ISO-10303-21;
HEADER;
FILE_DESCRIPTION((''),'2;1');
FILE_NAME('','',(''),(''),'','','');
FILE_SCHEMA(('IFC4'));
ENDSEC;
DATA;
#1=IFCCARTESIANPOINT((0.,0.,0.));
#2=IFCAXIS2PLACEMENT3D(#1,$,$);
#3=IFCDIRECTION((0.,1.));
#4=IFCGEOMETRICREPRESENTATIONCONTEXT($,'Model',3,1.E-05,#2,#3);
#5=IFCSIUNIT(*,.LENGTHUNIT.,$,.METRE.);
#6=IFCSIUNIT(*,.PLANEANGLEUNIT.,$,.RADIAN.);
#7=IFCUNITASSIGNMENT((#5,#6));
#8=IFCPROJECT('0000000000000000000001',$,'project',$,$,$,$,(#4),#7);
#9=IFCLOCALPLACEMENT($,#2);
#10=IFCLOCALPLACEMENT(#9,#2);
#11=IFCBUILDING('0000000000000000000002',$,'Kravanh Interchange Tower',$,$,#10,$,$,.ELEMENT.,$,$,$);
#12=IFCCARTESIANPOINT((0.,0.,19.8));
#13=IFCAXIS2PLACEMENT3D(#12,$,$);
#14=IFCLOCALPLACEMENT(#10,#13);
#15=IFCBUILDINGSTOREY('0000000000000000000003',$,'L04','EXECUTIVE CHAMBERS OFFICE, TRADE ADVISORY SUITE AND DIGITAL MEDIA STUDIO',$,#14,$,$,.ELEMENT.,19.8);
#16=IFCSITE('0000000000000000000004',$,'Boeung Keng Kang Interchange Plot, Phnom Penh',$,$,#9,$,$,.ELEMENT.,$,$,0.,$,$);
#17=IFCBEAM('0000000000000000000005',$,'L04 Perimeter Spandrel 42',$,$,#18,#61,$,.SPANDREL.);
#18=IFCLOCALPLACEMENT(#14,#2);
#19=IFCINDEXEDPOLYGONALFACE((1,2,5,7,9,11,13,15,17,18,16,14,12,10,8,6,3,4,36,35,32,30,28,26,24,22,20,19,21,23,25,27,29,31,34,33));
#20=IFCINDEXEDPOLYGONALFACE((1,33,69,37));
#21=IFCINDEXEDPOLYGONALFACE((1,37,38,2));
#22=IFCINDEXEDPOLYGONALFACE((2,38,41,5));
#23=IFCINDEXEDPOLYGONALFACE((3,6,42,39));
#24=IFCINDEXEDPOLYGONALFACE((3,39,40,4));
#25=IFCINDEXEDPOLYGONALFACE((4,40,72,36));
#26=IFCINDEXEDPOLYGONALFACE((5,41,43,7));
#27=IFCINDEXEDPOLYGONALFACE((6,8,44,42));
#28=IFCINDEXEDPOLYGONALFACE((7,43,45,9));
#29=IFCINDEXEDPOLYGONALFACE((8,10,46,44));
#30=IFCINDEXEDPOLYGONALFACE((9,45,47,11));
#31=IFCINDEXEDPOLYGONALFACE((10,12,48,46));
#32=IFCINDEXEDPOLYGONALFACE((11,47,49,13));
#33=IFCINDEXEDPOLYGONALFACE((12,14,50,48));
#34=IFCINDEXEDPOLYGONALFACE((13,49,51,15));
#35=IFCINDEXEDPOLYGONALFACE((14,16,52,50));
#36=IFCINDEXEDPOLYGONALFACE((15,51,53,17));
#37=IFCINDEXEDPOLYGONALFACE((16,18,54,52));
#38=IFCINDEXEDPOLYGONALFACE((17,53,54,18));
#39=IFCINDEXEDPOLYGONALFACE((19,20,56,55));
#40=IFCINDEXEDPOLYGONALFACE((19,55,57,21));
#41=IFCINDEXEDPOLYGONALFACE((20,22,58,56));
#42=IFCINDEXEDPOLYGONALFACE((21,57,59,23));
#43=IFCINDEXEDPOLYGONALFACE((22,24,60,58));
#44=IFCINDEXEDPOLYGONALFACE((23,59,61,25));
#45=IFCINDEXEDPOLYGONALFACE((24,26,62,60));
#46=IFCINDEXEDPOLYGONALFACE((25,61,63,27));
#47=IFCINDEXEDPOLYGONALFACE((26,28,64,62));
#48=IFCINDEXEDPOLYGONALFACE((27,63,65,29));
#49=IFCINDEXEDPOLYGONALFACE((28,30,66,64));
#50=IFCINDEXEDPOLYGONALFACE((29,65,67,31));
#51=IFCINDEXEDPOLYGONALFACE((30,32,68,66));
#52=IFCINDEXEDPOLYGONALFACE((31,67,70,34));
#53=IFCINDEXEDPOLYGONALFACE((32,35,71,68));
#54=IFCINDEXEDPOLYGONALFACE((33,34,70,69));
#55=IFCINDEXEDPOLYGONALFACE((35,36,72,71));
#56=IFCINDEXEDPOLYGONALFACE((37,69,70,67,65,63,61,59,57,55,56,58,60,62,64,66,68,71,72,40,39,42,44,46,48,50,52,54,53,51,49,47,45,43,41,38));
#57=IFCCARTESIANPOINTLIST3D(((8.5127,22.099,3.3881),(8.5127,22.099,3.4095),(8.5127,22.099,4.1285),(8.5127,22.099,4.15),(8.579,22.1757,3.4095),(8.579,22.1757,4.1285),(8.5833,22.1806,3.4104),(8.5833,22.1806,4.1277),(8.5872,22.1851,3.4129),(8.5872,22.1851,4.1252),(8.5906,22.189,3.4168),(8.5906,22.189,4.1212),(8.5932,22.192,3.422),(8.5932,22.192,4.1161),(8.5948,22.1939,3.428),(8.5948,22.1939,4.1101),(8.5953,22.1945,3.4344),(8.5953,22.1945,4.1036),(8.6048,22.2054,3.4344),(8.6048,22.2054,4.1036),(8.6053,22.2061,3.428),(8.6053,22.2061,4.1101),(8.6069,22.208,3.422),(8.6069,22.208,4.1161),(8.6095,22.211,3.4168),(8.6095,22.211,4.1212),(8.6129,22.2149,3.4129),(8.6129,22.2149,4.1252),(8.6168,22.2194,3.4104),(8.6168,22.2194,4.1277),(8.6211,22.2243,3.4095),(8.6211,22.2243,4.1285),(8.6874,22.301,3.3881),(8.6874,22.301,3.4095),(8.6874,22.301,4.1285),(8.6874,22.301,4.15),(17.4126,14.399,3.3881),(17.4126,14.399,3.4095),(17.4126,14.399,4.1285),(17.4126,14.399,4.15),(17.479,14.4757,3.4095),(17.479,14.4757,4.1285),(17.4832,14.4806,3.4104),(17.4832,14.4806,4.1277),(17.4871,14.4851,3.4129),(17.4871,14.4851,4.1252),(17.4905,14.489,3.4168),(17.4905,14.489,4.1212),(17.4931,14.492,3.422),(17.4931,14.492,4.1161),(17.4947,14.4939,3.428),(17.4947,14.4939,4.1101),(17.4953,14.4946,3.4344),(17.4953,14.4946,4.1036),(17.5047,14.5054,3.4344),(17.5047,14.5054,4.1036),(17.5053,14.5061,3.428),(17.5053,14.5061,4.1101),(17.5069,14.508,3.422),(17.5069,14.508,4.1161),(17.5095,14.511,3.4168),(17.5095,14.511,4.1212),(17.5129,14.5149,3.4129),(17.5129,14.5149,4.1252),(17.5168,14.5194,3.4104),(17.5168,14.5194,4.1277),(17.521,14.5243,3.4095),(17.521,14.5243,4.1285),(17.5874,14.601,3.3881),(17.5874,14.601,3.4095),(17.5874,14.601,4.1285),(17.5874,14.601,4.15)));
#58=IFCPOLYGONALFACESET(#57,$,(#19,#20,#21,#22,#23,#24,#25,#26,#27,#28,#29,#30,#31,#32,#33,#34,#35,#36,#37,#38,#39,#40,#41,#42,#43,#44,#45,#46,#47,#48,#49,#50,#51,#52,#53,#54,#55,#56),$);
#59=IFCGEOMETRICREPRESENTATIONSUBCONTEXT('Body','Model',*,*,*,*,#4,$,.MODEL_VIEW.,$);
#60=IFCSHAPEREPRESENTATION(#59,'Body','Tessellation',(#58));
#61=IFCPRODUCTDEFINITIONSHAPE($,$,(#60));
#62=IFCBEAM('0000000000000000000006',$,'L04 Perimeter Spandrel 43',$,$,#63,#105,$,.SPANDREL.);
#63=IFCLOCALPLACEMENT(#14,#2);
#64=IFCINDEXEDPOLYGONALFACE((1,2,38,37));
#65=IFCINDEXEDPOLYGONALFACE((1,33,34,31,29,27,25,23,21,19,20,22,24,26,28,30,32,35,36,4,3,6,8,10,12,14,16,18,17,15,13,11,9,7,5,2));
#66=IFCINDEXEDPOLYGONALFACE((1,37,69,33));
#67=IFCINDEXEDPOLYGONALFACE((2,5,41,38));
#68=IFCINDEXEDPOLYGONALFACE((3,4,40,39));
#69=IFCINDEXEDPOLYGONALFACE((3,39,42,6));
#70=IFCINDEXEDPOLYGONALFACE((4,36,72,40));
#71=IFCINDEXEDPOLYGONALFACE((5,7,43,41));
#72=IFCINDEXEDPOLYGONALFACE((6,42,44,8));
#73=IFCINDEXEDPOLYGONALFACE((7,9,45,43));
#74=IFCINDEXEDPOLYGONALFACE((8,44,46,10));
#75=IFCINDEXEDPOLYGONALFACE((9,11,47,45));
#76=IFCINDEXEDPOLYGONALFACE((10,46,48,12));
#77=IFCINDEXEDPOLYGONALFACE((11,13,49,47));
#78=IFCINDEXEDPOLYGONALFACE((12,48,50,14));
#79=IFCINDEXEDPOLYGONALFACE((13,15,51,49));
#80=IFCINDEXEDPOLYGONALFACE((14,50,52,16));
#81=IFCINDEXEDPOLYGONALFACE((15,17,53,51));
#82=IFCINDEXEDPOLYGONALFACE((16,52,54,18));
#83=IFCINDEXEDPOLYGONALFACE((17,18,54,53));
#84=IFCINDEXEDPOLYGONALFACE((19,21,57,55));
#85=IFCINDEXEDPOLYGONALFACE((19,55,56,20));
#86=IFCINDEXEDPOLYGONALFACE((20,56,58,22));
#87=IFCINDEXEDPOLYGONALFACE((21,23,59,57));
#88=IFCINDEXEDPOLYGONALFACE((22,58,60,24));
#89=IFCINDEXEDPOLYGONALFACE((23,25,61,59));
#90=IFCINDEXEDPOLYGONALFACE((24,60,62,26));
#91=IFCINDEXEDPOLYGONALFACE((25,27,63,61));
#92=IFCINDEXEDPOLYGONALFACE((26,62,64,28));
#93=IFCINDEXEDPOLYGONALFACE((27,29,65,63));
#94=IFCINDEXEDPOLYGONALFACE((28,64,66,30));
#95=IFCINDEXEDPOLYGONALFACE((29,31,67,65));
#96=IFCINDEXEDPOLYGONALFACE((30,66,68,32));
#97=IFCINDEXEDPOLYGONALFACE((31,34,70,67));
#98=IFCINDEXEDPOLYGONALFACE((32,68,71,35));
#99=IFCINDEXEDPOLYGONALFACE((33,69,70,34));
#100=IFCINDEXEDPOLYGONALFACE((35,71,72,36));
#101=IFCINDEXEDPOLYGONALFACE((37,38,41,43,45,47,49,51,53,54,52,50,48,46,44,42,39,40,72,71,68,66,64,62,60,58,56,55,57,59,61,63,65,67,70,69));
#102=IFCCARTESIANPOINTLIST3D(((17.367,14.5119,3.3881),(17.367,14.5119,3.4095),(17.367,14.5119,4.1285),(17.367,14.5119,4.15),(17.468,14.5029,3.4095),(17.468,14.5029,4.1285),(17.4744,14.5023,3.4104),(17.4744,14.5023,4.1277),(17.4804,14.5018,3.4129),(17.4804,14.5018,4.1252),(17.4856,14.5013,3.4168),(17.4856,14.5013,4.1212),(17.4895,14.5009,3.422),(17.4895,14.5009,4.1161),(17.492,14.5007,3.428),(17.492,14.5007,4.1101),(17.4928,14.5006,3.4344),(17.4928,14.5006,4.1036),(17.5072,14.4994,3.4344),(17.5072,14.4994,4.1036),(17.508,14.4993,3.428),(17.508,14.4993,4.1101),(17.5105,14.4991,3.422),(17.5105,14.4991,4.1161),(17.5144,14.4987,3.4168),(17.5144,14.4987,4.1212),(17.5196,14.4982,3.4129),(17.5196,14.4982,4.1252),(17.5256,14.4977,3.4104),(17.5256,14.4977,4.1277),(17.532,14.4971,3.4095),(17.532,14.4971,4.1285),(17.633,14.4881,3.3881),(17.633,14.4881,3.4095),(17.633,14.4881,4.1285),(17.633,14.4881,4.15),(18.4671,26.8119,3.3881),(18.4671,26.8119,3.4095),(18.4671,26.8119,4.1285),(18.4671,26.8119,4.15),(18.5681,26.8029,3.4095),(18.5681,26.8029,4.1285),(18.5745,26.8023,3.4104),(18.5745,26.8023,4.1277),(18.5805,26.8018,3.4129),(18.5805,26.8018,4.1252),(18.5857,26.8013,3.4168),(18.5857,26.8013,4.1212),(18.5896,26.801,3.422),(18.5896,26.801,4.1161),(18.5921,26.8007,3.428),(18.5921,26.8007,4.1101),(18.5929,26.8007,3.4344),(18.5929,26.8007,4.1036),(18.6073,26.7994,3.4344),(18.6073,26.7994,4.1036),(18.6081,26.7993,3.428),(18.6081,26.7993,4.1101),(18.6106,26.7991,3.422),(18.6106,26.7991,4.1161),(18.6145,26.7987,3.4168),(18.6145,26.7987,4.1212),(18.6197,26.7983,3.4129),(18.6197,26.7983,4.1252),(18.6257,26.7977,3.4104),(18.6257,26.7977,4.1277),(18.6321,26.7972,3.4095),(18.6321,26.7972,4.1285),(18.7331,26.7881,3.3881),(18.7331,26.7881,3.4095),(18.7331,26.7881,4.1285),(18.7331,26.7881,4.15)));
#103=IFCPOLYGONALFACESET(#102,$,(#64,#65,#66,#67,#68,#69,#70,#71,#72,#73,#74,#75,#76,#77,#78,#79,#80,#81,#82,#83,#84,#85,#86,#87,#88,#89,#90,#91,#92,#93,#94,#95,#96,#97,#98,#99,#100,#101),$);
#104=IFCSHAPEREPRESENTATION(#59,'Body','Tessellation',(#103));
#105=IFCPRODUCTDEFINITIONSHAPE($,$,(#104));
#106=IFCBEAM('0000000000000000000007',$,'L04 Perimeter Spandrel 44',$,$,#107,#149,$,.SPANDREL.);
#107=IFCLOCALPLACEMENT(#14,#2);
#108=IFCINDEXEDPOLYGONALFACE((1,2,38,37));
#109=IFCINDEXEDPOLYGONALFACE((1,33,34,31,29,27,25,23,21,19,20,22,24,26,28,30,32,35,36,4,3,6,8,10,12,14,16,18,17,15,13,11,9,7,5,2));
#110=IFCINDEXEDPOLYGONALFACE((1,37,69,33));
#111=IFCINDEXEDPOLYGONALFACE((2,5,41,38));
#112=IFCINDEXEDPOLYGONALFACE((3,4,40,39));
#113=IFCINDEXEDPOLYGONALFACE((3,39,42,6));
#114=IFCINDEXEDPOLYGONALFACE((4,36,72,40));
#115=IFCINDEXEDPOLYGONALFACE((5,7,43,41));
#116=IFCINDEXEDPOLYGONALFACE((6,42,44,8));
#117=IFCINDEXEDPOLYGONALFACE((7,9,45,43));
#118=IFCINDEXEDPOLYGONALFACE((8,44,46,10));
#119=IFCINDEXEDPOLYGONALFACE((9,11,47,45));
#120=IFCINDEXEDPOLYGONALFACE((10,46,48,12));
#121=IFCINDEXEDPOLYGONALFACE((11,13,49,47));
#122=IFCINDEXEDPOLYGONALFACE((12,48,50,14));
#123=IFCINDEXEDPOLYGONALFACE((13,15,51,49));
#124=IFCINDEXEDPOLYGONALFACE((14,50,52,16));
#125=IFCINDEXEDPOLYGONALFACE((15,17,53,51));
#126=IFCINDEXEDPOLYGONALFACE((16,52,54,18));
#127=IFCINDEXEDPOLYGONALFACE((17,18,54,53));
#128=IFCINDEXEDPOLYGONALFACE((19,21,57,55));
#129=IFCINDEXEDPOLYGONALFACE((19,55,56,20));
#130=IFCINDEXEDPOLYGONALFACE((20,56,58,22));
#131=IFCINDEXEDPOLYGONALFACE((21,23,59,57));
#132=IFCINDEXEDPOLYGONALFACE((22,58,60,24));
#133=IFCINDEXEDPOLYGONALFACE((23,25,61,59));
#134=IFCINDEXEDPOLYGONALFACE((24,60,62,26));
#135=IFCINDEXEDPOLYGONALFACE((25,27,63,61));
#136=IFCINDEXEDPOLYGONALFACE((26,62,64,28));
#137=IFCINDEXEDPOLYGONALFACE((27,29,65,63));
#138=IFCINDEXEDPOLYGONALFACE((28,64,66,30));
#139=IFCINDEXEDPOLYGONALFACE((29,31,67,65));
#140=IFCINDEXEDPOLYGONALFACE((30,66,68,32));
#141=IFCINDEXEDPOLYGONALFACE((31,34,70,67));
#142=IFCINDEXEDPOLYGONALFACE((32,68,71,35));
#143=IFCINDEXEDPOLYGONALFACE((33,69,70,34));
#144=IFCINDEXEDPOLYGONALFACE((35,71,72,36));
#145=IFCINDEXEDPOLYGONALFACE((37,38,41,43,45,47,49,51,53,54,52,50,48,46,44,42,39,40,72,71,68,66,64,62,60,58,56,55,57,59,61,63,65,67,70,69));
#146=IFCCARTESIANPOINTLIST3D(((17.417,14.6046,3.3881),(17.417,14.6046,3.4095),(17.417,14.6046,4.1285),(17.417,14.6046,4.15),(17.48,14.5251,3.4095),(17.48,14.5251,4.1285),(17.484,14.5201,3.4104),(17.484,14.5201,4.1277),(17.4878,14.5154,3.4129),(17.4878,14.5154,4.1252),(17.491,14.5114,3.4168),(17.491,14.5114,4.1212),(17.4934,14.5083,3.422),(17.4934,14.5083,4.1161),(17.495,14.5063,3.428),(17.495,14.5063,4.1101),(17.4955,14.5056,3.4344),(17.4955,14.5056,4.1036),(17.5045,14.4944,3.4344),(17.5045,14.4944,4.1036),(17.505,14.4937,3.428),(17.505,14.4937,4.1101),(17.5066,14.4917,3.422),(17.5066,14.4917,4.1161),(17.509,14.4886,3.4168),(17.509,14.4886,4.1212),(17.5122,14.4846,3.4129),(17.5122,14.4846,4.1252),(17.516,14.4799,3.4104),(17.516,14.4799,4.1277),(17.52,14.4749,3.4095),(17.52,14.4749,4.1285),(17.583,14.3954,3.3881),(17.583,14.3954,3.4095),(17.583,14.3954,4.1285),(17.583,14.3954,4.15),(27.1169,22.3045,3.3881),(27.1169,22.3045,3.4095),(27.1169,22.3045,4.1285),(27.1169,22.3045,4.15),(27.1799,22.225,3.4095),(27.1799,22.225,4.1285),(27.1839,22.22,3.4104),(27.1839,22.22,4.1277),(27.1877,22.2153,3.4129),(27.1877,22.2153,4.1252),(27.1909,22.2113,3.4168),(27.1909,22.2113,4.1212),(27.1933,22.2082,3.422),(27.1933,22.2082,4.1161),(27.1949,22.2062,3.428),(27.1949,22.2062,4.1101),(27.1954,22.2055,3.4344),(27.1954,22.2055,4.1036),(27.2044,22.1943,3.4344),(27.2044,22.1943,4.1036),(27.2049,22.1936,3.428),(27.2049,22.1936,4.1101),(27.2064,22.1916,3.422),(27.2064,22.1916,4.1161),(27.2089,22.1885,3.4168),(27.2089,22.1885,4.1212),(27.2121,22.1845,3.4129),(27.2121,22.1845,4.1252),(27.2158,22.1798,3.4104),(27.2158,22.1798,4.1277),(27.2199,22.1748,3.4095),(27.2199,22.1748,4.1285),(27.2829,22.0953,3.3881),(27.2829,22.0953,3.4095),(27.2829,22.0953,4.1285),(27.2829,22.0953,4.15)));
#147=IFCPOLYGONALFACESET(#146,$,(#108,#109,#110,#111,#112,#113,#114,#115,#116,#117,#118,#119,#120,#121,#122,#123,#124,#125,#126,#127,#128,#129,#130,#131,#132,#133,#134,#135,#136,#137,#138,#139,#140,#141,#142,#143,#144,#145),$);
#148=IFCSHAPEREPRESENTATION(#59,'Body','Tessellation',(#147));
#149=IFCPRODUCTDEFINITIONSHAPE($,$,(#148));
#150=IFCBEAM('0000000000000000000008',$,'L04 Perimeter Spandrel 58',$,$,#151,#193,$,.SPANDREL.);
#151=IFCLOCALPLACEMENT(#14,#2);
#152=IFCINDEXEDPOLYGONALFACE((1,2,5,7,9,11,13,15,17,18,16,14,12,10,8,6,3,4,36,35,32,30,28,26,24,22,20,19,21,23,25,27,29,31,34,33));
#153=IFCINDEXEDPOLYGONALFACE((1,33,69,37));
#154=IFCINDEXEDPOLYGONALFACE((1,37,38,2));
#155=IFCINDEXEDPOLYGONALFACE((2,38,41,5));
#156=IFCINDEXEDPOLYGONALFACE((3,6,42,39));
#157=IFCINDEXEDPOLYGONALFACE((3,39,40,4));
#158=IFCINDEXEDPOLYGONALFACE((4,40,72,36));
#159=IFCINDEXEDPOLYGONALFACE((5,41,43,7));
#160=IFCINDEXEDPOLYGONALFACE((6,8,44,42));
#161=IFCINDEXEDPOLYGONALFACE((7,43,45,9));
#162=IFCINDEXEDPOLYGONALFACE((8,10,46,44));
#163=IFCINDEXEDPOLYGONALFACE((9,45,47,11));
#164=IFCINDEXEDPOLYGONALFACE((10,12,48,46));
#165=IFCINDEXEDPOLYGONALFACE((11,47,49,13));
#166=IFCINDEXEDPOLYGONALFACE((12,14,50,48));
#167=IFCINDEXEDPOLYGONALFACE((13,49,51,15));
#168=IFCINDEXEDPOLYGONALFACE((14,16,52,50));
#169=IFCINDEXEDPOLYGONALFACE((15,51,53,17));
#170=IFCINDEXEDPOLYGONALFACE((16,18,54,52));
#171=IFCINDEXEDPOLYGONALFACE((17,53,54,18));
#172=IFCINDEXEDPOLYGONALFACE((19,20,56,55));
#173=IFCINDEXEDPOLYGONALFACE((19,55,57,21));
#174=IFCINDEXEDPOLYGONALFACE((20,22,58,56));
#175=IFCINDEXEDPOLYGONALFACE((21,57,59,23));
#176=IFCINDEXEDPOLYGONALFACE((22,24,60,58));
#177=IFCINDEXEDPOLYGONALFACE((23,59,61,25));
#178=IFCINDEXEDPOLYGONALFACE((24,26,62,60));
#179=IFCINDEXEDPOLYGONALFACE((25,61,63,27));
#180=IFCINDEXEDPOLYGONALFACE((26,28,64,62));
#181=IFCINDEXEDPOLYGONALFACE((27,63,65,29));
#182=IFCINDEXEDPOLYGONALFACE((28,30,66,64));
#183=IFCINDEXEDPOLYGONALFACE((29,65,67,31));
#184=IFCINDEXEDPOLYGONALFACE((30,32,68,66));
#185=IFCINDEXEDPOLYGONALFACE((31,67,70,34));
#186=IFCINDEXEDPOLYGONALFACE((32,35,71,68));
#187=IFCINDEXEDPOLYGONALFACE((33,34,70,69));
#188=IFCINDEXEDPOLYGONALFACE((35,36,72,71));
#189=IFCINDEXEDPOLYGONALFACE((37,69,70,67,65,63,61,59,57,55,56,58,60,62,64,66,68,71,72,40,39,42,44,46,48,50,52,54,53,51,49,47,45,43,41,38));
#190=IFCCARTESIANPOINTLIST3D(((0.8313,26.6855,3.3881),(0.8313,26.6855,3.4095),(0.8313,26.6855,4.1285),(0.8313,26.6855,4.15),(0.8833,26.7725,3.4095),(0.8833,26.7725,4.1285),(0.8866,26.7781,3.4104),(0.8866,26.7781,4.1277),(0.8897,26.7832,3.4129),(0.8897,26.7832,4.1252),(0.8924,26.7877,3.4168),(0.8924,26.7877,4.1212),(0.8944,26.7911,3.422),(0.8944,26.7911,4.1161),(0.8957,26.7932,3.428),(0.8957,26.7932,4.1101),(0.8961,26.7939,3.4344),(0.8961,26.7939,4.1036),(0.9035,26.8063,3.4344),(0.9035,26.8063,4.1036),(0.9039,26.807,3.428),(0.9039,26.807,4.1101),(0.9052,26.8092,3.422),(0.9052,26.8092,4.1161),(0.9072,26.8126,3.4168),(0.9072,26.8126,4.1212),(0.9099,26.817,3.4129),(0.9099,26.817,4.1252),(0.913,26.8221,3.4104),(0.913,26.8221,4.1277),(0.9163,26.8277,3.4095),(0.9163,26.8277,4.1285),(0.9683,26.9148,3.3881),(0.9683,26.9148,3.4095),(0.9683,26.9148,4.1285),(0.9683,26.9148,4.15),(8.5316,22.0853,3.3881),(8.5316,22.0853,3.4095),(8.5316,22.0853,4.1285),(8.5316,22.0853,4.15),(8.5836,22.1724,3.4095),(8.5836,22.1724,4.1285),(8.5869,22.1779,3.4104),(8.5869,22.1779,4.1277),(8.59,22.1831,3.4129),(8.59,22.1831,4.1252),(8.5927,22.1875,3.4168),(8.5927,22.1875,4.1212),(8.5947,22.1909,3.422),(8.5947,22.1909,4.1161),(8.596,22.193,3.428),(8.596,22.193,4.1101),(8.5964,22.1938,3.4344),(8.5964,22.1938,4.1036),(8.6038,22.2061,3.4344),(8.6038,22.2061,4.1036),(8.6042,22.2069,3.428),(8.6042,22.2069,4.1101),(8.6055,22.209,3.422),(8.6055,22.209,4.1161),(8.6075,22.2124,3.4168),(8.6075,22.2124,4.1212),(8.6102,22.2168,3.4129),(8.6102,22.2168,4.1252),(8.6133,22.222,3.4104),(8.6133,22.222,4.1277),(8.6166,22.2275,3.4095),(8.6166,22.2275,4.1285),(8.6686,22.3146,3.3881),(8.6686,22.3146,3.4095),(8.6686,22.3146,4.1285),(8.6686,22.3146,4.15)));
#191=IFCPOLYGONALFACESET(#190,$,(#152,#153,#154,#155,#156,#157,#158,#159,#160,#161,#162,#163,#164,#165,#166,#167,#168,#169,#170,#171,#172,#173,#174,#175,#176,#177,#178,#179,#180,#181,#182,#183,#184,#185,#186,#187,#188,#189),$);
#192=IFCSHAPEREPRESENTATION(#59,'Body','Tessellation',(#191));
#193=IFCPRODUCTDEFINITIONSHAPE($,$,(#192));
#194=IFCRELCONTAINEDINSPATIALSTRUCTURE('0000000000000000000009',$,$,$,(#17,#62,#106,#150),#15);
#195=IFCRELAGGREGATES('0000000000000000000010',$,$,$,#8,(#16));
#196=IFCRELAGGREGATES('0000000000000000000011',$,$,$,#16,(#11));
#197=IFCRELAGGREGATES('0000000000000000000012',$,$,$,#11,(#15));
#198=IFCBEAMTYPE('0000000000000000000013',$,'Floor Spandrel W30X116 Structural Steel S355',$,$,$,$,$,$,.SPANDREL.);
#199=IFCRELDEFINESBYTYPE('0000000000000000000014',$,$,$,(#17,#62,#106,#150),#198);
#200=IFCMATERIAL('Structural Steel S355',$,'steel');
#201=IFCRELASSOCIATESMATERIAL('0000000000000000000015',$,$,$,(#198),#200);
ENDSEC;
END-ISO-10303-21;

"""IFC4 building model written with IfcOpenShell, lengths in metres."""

from ifc_helpers import new_model, si_unit, direction, frame, origin, origin_2d, place, context, subcontext, project, spatial, i_section, extrude, material, material_profile, profile_set, type_object, element, save


model = new_model("IFC4")

# Units and contexts
model_context = context("Model", 3, precision=1e-05, world=origin(), true_north=direction((0.0, 1.0)))
body_context = subcontext(model_context, "Body", "Model", "MODEL_VIEW")
ifc_project = project(units=[si_unit("LENGTHUNIT", "METRE"), si_unit("PLANEANGLEUNIT", "RADIAN")], contexts=[model_context])

# Site, building, storey
site_placement = place(None, origin())
site = spatial("IfcSite", under=ifc_project, at=site_placement, Name="Boeung Keng Kang Interchange Plot, Phnom Penh", CompositionType="ELEMENT", RefElevation=0.0)
building_placement = place(site_placement, origin())
building = spatial("IfcBuilding", under=site, at=building_placement, Name="Kravanh Interchange Tower", CompositionType="ELEMENT")
storey_placement = place(building_placement, frame((0.0, 0.0, 19.8)))
storey = spatial("IfcBuildingStorey", under=building, at=storey_placement, Name="L04", Description="EXECUTIVE CHAMBERS OFFICE, TRADE ADVISORY SUITE AND DIGITAL MEDIA STUDIO", CompositionType="ELEMENT", Elevation=19.8)

# Beams
ifc_material_1 = material(Name="Structural Steel S355", Category="steel")
ifc_material_profile_1 = material_profile(ifc_material_1, i_section(OverallWidth=0.2671, OverallDepth=0.762, WebThickness=0.0144, FlangeThickness=0.0215, FilletRadius=0.0249, at=origin_2d()), Name="W30X116")
ifc_profile_set_1 = profile_set([ifc_material_profile_1], Name="Structural Steel S355")
beam_type_1 = type_object("IfcBeamType", Name="Floor Spandrel W30X116 Structural Steel S355", PredefinedType="SPANDREL", material=ifc_profile_set_1)
beam_1_placement = place(storey_placement, frame((17.5, 14.5, 3.769), z_axis=(-0.756248, 0.654285, 0.0), x_axis=(-0.654285, -0.756248, 0.0)))
element("IfcBeam", 1, at=beam_1_placement, inside=storey, type_object=beam_type_1, Name="L04 Perimeter Spandrel 42", PredefinedType="SPANDREL", context=body_context, shape_type="SweptSolid", body=[
    extrude(i_section(OverallWidth=0.2671, OverallDepth=0.762, WebThickness=0.0144, FlangeThickness=0.0215, FilletRadius=0.0249, at=origin_2d()), origin(), (0.0, 0.0, 1.0), 11.7686),
])
beam_2_placement = place(storey_placement, frame((17.5, 14.5, 3.769), z_axis=(0.089083, 0.996024, 0.0), x_axis=(-0.996024, 0.089083, 0.0)))
element("IfcBeam", 2, at=beam_2_placement, inside=storey, type_object=beam_type_1, Name="L04 Perimeter Spandrel 43", PredefinedType="SPANDREL", context=body_context, shape_type="SweptSolid", body=[
    extrude(i_section(OverallWidth=0.2671, OverallDepth=0.762, WebThickness=0.0144, FlangeThickness=0.0215, FilletRadius=0.0249, at=origin_2d()), origin(), (0.0, 0.0, 1.0), 12.3491),
])
beam_3_placement = place(storey_placement, frame((17.5, 14.5, 3.769), z_axis=(0.783227, 0.621736, 0.0), x_axis=(-0.621736, 0.783227, 0.0)))
element("IfcBeam", 3, at=beam_3_placement, inside=storey, type_object=beam_type_1, Name="L04 Perimeter Spandrel 44", PredefinedType="SPANDREL", context=body_context, shape_type="SweptSolid", body=[
    extrude(i_section(OverallWidth=0.2671, OverallDepth=0.762, WebThickness=0.0144, FlangeThickness=0.0215, FilletRadius=0.0249, at=origin_2d()), origin(), (0.0, 0.0, 1.0), 12.3845),
])
beam_4_placement = place(storey_placement, frame((8.6001, 22.2, 3.769), z_axis=(-0.858476, 0.512854, 0.0), x_axis=(-0.512854, -0.858476, 0.0)))
element("IfcBeam", 4, at=beam_4_placement, inside=storey, type_object=beam_type_1, Name="L04 Perimeter Spandrel 58", PredefinedType="SPANDREL", context=body_context, shape_type="SweptSolid", body=[
    extrude(i_section(OverallWidth=0.2671, OverallDepth=0.762, WebThickness=0.0144, FlangeThickness=0.0215, FilletRadius=0.0249, at=origin_2d()), origin(), (0.0, 0.0, 1.0), 8.9697),
])

save(model, "model.ifc")
